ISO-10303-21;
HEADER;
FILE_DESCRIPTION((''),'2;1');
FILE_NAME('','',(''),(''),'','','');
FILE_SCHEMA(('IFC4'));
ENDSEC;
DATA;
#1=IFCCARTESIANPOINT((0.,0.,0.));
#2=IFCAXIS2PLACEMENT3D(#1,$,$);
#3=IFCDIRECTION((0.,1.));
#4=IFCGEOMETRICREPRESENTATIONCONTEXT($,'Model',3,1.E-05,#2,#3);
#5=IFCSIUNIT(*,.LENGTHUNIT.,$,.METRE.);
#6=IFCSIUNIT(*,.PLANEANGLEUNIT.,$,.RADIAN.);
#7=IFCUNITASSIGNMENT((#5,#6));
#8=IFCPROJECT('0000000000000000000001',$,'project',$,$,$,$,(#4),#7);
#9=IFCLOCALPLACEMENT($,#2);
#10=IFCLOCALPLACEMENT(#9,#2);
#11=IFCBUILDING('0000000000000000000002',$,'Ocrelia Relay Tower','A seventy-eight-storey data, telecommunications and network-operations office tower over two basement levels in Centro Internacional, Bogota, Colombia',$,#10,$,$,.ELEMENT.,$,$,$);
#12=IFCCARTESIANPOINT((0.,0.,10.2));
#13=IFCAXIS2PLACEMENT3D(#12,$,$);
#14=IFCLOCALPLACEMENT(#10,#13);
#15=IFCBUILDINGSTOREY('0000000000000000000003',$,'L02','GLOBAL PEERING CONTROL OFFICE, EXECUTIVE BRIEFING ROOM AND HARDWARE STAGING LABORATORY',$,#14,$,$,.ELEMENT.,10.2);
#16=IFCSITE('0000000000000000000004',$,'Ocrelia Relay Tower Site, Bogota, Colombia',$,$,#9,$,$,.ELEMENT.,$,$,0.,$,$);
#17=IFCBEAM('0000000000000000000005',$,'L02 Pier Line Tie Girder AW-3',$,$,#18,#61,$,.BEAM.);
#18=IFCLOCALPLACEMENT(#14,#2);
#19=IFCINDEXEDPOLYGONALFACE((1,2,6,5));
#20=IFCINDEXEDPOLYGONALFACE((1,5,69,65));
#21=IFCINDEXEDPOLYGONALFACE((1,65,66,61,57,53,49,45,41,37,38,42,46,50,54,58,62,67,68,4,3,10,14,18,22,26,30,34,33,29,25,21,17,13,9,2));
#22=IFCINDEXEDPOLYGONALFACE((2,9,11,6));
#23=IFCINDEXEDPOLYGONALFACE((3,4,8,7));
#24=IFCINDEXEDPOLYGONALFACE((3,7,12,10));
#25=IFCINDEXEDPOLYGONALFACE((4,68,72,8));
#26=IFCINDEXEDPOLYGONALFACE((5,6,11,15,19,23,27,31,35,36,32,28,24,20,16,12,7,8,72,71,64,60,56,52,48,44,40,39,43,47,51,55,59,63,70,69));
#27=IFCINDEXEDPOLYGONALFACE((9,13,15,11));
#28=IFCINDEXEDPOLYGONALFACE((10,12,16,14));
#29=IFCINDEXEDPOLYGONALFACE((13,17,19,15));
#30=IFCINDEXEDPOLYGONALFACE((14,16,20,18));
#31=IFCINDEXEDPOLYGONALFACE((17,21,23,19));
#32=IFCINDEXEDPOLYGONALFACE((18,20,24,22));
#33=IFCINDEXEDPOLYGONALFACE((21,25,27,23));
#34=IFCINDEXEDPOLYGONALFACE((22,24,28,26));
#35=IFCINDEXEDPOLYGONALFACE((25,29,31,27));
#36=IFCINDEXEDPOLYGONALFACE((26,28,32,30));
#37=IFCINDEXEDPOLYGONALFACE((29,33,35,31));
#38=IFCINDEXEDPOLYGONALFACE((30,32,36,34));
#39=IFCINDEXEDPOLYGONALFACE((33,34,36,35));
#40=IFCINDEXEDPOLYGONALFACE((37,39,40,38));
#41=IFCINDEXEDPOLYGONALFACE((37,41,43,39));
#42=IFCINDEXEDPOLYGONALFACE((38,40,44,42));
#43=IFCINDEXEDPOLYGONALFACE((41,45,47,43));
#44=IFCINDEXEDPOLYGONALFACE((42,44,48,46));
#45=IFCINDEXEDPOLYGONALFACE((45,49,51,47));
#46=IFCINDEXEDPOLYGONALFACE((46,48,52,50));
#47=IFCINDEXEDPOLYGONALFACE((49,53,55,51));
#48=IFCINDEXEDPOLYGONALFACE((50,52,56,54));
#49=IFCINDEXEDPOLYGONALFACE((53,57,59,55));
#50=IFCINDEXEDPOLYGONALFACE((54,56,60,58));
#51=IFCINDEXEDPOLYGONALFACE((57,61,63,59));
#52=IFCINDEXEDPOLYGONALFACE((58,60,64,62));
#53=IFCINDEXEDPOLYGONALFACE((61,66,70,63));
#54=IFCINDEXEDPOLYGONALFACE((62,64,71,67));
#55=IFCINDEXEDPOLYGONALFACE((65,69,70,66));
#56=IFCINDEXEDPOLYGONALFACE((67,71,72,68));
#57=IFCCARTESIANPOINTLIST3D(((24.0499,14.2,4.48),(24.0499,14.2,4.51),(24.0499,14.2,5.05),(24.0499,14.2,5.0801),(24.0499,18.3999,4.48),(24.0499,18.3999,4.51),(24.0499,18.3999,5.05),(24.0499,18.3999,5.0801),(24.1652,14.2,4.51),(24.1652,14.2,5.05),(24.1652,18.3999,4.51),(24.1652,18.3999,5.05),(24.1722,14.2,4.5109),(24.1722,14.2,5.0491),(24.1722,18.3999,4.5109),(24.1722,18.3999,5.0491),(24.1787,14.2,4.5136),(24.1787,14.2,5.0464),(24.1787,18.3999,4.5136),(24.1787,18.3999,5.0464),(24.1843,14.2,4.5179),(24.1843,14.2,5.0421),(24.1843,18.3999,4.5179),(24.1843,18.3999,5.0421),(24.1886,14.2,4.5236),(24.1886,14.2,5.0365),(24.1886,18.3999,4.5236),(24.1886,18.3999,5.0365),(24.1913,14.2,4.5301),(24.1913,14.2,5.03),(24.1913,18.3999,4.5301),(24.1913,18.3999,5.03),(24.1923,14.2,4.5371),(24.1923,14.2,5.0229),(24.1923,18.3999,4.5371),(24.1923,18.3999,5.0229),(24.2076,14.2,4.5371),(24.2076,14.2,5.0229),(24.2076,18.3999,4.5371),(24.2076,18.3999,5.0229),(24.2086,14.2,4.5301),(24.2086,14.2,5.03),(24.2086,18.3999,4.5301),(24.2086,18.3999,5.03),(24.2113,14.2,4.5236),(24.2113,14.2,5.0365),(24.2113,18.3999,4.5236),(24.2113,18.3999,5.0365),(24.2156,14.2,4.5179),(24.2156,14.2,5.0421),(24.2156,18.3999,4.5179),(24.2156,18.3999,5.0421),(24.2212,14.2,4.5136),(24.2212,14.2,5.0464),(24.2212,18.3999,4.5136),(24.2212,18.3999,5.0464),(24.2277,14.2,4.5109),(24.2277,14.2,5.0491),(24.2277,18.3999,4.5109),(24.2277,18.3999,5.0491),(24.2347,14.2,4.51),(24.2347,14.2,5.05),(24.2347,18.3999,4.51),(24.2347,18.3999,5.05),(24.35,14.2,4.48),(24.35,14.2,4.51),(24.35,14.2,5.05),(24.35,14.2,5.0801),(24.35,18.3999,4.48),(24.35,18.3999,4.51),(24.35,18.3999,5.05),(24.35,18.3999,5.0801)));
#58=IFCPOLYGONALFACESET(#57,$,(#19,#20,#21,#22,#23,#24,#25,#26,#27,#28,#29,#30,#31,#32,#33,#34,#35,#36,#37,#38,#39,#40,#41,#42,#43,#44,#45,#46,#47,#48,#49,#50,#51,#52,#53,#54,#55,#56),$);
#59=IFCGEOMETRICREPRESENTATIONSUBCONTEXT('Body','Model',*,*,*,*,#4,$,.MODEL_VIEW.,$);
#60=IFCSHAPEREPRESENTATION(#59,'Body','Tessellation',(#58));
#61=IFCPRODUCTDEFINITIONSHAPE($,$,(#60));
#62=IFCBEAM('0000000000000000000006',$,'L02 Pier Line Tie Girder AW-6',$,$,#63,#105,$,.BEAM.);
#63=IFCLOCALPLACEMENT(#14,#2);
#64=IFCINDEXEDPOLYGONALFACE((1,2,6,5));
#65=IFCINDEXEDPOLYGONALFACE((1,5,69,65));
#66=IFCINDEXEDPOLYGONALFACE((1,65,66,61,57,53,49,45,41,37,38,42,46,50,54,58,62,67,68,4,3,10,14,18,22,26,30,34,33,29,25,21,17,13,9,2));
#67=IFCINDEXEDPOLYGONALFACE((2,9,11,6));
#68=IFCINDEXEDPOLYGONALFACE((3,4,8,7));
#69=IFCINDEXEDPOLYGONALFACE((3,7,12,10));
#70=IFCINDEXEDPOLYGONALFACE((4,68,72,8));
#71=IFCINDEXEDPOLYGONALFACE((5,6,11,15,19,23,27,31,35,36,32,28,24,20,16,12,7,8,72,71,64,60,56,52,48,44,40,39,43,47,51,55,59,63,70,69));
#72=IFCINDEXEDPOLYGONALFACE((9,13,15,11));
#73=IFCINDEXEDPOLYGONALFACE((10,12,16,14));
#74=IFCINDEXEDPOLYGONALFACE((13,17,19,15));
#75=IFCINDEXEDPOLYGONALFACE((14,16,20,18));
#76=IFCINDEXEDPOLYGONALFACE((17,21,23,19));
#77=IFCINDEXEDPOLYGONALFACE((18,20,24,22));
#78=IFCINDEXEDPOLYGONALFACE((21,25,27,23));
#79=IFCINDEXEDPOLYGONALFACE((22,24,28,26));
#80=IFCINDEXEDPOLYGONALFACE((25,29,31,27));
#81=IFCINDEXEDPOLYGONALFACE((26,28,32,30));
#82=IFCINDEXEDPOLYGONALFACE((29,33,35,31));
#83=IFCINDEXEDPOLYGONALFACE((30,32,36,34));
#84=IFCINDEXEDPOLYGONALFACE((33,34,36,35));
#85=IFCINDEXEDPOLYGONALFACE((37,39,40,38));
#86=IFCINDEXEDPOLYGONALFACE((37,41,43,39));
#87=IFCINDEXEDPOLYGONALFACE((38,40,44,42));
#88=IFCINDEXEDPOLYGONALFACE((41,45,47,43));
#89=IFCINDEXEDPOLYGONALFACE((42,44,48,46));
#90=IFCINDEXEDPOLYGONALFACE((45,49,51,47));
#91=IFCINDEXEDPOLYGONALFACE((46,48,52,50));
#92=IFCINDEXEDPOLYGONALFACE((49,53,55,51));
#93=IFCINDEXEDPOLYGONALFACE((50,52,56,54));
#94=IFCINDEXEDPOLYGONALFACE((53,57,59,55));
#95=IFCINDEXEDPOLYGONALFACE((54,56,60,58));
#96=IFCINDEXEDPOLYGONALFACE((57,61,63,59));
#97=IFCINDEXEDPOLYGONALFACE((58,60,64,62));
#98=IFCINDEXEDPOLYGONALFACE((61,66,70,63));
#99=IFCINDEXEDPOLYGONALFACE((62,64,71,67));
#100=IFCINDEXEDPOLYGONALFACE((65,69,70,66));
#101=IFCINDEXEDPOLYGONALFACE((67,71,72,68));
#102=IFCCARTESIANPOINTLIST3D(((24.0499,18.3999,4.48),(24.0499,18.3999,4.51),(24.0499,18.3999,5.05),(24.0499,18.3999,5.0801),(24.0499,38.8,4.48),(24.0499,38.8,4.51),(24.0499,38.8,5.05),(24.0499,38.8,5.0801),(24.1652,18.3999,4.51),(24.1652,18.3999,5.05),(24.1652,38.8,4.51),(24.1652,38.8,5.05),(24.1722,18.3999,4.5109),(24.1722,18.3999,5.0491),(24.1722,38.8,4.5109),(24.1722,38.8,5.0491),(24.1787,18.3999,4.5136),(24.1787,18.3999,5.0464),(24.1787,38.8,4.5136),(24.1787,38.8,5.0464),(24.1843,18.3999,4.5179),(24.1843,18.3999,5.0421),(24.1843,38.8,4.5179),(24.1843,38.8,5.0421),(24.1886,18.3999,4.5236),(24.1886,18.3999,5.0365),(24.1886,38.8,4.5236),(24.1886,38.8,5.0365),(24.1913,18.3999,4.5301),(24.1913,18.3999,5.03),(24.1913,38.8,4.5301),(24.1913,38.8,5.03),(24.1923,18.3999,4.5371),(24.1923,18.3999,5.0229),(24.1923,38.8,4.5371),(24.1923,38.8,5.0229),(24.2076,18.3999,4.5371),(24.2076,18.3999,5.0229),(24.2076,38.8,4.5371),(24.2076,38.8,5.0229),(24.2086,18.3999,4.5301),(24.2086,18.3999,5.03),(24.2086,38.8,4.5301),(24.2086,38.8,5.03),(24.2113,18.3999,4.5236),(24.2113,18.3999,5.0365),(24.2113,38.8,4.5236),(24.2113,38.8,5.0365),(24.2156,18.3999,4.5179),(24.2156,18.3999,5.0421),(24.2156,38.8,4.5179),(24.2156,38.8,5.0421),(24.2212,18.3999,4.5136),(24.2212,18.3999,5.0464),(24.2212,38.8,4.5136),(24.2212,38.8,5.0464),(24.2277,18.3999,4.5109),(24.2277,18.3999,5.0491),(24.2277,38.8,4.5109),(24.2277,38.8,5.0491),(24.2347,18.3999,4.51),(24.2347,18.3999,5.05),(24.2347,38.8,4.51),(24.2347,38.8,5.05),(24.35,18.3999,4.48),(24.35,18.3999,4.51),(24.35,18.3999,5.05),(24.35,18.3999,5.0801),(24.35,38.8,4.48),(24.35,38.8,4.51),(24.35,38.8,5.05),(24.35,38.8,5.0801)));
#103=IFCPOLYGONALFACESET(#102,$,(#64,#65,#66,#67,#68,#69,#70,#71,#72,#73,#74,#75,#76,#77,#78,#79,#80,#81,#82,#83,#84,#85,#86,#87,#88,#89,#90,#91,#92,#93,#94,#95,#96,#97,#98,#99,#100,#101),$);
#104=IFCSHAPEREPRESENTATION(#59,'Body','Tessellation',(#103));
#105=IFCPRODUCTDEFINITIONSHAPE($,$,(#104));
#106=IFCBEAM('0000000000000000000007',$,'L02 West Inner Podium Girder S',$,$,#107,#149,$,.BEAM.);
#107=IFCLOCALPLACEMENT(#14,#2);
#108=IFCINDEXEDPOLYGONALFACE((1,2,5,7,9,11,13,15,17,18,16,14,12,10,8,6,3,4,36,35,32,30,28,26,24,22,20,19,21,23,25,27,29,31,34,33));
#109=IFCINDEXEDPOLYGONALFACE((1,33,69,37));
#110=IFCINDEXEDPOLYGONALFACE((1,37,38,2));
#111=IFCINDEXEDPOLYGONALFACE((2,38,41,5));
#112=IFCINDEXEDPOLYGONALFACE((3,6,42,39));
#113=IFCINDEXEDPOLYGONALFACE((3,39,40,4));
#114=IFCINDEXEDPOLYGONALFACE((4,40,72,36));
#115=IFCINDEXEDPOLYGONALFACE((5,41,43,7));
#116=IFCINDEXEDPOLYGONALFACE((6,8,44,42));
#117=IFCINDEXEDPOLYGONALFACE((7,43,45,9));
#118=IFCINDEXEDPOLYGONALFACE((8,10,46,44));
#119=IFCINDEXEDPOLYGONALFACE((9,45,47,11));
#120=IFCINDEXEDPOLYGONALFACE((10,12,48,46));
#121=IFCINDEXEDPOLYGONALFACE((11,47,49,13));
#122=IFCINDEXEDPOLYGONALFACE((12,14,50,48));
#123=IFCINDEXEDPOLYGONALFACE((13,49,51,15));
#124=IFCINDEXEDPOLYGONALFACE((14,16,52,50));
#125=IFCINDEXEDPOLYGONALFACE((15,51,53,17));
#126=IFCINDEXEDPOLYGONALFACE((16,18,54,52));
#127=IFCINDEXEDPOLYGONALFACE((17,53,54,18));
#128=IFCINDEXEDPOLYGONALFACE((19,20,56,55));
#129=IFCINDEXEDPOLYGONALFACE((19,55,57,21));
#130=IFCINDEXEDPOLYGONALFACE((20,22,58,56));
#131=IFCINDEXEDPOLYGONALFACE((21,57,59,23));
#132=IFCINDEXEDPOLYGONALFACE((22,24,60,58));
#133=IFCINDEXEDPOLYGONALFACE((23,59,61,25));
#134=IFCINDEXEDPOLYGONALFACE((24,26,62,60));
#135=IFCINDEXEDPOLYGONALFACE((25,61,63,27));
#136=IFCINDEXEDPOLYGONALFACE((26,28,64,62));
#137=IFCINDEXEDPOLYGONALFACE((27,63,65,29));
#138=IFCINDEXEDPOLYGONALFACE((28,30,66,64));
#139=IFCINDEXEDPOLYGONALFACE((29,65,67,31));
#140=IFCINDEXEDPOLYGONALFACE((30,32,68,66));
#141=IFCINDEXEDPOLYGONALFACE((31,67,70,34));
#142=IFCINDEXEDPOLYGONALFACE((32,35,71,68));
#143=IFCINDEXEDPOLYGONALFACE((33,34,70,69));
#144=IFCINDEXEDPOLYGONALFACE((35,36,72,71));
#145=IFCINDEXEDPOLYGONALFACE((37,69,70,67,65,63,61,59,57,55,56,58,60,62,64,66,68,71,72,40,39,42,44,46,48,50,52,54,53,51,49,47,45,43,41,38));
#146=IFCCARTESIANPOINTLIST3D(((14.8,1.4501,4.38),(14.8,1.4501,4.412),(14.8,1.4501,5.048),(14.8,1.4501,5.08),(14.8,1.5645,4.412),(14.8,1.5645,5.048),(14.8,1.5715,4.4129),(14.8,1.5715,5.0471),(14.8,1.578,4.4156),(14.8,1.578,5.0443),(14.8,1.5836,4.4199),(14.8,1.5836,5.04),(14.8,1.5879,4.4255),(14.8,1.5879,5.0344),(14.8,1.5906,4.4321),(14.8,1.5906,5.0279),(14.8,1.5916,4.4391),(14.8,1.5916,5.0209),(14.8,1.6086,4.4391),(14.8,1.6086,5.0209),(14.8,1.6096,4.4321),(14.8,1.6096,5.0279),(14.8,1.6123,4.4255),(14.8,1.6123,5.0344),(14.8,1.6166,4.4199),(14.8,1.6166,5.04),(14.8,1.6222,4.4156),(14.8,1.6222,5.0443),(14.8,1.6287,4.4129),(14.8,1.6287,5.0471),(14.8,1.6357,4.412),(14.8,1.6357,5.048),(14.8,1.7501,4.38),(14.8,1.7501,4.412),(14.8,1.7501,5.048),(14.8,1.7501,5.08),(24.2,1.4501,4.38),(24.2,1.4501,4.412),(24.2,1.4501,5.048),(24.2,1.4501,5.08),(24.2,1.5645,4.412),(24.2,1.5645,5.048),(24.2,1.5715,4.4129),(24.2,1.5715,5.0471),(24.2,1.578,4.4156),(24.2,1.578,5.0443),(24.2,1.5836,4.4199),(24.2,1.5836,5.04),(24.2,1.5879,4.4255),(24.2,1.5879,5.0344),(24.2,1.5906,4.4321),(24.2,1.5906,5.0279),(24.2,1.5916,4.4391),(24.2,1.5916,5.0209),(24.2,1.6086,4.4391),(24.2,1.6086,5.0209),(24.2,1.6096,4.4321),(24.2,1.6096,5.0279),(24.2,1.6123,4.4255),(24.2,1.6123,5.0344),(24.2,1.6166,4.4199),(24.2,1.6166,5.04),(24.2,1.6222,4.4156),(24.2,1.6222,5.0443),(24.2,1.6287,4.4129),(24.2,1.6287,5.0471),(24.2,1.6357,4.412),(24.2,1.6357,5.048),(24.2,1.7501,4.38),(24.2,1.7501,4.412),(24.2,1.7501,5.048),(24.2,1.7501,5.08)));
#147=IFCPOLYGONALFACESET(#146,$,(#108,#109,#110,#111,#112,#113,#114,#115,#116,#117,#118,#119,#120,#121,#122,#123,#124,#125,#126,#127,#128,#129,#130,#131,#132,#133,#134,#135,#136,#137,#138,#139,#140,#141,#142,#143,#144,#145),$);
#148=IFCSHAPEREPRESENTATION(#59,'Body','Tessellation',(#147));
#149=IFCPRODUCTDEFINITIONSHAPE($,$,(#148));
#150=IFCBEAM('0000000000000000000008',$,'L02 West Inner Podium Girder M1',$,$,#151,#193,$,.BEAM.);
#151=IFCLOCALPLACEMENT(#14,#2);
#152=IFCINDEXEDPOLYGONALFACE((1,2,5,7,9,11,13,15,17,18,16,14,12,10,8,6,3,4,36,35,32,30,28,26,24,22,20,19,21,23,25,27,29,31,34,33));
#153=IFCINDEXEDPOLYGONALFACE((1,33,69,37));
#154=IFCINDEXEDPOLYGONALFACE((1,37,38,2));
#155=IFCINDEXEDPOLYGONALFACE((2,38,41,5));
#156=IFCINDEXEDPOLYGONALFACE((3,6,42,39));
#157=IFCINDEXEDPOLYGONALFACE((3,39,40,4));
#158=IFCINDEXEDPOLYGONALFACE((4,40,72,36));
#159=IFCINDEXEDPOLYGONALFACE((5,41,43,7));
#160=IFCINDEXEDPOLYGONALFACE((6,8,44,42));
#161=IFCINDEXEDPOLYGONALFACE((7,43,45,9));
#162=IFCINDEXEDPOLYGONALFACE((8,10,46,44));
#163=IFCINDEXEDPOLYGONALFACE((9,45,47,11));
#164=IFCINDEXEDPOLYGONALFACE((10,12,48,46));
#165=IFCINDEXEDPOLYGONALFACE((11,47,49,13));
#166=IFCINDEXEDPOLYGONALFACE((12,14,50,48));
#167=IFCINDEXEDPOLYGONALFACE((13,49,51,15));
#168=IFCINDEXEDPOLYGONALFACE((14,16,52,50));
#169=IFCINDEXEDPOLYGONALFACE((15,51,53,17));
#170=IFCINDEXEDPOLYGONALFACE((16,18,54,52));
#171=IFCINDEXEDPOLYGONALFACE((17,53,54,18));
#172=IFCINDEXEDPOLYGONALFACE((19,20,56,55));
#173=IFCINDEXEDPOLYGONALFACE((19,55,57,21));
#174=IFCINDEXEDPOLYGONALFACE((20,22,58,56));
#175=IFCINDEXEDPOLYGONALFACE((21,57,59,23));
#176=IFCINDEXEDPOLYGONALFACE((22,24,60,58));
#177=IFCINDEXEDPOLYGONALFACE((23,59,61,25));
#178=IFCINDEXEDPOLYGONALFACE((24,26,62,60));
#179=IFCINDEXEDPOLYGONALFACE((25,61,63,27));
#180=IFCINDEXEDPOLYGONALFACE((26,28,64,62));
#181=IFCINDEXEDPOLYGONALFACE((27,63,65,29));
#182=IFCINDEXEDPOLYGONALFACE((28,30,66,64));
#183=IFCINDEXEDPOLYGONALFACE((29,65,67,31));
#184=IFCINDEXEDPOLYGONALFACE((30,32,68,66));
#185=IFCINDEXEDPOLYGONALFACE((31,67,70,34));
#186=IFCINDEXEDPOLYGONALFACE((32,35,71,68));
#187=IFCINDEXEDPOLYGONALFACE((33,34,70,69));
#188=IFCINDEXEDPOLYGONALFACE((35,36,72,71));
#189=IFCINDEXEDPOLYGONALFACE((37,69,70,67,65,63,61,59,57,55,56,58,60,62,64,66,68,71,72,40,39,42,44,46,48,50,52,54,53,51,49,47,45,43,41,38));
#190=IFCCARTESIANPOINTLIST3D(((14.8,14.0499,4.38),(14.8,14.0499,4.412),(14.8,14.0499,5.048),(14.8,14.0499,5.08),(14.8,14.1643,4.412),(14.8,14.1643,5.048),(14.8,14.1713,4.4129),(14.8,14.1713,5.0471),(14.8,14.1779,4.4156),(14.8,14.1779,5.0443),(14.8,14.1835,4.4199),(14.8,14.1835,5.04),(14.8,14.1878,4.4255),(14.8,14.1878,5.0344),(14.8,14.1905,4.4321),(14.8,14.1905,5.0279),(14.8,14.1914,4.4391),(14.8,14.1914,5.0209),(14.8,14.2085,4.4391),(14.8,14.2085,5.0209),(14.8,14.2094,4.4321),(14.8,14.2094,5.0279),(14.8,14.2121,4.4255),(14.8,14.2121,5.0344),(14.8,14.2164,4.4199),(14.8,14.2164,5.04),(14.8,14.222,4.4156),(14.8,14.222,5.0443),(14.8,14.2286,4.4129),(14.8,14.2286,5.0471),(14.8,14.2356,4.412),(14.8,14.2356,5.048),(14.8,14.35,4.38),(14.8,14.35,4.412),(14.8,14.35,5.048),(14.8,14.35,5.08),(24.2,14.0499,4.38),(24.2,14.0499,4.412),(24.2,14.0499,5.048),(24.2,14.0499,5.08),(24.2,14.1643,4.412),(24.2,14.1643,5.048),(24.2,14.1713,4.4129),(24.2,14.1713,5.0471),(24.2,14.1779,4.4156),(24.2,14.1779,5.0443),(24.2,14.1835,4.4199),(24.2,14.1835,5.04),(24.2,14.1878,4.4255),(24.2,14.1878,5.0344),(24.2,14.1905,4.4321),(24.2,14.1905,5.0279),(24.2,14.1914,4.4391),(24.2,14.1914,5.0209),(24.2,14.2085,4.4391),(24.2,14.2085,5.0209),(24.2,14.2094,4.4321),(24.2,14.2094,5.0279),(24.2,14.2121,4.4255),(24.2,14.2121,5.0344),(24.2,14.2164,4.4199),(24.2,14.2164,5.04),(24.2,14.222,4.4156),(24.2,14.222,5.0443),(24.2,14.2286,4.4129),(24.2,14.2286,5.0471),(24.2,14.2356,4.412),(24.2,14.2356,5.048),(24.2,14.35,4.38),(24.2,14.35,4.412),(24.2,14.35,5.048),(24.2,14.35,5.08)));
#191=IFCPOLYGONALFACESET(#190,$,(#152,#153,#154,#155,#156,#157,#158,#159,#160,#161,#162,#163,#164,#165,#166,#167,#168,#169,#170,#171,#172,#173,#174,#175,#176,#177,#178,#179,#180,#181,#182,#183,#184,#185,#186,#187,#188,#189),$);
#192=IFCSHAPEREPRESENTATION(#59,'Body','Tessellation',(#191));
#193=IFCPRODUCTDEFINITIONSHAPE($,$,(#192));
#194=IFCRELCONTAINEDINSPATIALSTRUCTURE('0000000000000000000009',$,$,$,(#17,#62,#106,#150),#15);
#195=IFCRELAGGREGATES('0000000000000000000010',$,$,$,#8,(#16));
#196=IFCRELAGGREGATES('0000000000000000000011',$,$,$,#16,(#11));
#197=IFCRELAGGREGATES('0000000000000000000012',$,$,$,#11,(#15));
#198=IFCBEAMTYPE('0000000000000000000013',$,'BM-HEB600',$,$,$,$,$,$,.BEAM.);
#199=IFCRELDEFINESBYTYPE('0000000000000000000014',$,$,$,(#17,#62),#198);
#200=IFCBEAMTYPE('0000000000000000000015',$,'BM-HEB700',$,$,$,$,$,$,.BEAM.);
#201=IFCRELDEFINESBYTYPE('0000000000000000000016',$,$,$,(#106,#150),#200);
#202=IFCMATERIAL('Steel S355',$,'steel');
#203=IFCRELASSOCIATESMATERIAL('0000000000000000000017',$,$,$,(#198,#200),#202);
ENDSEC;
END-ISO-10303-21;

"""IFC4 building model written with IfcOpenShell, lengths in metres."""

from ifc_helpers import new_model, si_unit, direction, frame, origin, origin_2d, place, context, subcontext, project, spatial, i_section, extrude, material, material_profile, profile_set, type_object, element, save


model = new_model("IFC4")

# Units and contexts
model_context = context("Model", 3, precision=1e-05, world=origin(), true_north=direction((0.0, 1.0)))
body_context = subcontext(model_context, "Body", "Model", "MODEL_VIEW")
ifc_project = project(units=[si_unit("LENGTHUNIT", "METRE"), si_unit("PLANEANGLEUNIT", "RADIAN")], contexts=[model_context])

# Site, building, storey
site_placement = place(None, origin())
site = spatial("IfcSite", under=ifc_project, at=site_placement, Name="Ocrelia Relay Tower Site, Bogota, Colombia", CompositionType="ELEMENT", RefElevation=0.0)
building_placement = place(site_placement, origin())
building = spatial("IfcBuilding", under=site, at=building_placement, Name="Ocrelia Relay Tower", Description="A seventy-eight-storey data, telecommunications and network-operations office tower over two basement levels in Centro Internacional, Bogota, Colombia", CompositionType="ELEMENT")
storey_placement = place(building_placement, frame((0.0, 0.0, 10.2)))
storey = spatial("IfcBuildingStorey", under=building, at=storey_placement, Name="L02", Description="GLOBAL PEERING CONTROL OFFICE, EXECUTIVE BRIEFING ROOM AND HARDWARE STAGING LABORATORY", CompositionType="ELEMENT", Elevation=10.2)

# Beams
ifc_material_1 = material(Name="Steel S355", Category="steel")
ifc_material_profile_1 = material_profile(ifc_material_1, i_section(OverallWidth=0.3, OverallDepth=0.6001, WebThickness=0.0154, FlangeThickness=0.03, FilletRadius=0.0271, at=origin_2d()), Name="HEB 600")
ifc_profile_set_1 = profile_set([ifc_material_profile_1], Name="Steel S355")
beam_type_1 = type_object("IfcBeamType", Name="BM-HEB600", PredefinedType="BEAM", material=ifc_profile_set_1)
beam_1_placement = place(storey_placement, frame((24.2, 14.2, 4.78), z_axis=(0.0, 1.0, 0.0), x_axis=(-1.0, 0.0, 0.0)))
element("IfcBeam", 1, at=beam_1_placement, inside=storey, type_object=beam_type_1, Name="L02 Pier Line Tie Girder AW-3", PredefinedType="BEAM", context=body_context, shape_type="SweptSolid", body=[
    extrude(i_section(OverallWidth=0.3, OverallDepth=0.6001, WebThickness=0.0154, FlangeThickness=0.03, FilletRadius=0.0271, at=origin_2d()), origin(), (0.0, 0.0, 1.0), 4.2),
])
beam_2_placement = place(storey_placement, frame((24.2, 18.3999, 4.78), z_axis=(0.0, 1.0, 0.0), x_axis=(-1.0, 0.0, 0.0)))
element("IfcBeam", 2, at=beam_2_placement, inside=storey, type_object=beam_type_1, Name="L02 Pier Line Tie Girder AW-6", PredefinedType="BEAM", context=body_context, shape_type="SweptSolid", body=[
    extrude(i_section(OverallWidth=0.3, OverallDepth=0.6001, WebThickness=0.0154, FlangeThickness=0.03, FilletRadius=0.0271, at=origin_2d()), origin(), (0.0, 0.0, 1.0), 20.4001),
])
ifc_material_profile_2 = material_profile(ifc_material_1, i_section(OverallWidth=0.3, OverallDepth=0.7, WebThickness=0.0171, FlangeThickness=0.032, FilletRadius=0.0271, at=origin_2d()), Name="HEB 700")
ifc_profile_set_2 = profile_set([ifc_material_profile_2], Name="Steel S355")
beam_type_2 = type_object("IfcBeamType", Name="BM-HEB700", PredefinedType="BEAM", material=ifc_profile_set_2)
for number, where, z_axis, x_axis, name in (
    (3, (14.8, 1.6001, 4.73), (1.0, 0.0, 0.0), (0.0, 1.0, 0.0), "L02 West Inner Podium Girder S"),
    (4, (14.8, 14.2, 4.73), (1.0, 0.0, 0.0), (0.0, 1.0, 0.0), "L02 West Inner Podium Girder M1"),
):
    element("IfcBeam", number, at=place(storey_placement, frame(where, z_axis=z_axis, x_axis=x_axis)), inside=storey, type_object=beam_type_2, Name=name, PredefinedType="BEAM", context=body_context, shape_type="SweptSolid", body=[
        extrude(i_section(OverallWidth=0.3, OverallDepth=0.7, WebThickness=0.0171, FlangeThickness=0.032, FilletRadius=0.0271, at=origin_2d()), origin(), (0.0, 0.0, 1.0), 9.3999),
    ])

save(model, "model.ifc")
